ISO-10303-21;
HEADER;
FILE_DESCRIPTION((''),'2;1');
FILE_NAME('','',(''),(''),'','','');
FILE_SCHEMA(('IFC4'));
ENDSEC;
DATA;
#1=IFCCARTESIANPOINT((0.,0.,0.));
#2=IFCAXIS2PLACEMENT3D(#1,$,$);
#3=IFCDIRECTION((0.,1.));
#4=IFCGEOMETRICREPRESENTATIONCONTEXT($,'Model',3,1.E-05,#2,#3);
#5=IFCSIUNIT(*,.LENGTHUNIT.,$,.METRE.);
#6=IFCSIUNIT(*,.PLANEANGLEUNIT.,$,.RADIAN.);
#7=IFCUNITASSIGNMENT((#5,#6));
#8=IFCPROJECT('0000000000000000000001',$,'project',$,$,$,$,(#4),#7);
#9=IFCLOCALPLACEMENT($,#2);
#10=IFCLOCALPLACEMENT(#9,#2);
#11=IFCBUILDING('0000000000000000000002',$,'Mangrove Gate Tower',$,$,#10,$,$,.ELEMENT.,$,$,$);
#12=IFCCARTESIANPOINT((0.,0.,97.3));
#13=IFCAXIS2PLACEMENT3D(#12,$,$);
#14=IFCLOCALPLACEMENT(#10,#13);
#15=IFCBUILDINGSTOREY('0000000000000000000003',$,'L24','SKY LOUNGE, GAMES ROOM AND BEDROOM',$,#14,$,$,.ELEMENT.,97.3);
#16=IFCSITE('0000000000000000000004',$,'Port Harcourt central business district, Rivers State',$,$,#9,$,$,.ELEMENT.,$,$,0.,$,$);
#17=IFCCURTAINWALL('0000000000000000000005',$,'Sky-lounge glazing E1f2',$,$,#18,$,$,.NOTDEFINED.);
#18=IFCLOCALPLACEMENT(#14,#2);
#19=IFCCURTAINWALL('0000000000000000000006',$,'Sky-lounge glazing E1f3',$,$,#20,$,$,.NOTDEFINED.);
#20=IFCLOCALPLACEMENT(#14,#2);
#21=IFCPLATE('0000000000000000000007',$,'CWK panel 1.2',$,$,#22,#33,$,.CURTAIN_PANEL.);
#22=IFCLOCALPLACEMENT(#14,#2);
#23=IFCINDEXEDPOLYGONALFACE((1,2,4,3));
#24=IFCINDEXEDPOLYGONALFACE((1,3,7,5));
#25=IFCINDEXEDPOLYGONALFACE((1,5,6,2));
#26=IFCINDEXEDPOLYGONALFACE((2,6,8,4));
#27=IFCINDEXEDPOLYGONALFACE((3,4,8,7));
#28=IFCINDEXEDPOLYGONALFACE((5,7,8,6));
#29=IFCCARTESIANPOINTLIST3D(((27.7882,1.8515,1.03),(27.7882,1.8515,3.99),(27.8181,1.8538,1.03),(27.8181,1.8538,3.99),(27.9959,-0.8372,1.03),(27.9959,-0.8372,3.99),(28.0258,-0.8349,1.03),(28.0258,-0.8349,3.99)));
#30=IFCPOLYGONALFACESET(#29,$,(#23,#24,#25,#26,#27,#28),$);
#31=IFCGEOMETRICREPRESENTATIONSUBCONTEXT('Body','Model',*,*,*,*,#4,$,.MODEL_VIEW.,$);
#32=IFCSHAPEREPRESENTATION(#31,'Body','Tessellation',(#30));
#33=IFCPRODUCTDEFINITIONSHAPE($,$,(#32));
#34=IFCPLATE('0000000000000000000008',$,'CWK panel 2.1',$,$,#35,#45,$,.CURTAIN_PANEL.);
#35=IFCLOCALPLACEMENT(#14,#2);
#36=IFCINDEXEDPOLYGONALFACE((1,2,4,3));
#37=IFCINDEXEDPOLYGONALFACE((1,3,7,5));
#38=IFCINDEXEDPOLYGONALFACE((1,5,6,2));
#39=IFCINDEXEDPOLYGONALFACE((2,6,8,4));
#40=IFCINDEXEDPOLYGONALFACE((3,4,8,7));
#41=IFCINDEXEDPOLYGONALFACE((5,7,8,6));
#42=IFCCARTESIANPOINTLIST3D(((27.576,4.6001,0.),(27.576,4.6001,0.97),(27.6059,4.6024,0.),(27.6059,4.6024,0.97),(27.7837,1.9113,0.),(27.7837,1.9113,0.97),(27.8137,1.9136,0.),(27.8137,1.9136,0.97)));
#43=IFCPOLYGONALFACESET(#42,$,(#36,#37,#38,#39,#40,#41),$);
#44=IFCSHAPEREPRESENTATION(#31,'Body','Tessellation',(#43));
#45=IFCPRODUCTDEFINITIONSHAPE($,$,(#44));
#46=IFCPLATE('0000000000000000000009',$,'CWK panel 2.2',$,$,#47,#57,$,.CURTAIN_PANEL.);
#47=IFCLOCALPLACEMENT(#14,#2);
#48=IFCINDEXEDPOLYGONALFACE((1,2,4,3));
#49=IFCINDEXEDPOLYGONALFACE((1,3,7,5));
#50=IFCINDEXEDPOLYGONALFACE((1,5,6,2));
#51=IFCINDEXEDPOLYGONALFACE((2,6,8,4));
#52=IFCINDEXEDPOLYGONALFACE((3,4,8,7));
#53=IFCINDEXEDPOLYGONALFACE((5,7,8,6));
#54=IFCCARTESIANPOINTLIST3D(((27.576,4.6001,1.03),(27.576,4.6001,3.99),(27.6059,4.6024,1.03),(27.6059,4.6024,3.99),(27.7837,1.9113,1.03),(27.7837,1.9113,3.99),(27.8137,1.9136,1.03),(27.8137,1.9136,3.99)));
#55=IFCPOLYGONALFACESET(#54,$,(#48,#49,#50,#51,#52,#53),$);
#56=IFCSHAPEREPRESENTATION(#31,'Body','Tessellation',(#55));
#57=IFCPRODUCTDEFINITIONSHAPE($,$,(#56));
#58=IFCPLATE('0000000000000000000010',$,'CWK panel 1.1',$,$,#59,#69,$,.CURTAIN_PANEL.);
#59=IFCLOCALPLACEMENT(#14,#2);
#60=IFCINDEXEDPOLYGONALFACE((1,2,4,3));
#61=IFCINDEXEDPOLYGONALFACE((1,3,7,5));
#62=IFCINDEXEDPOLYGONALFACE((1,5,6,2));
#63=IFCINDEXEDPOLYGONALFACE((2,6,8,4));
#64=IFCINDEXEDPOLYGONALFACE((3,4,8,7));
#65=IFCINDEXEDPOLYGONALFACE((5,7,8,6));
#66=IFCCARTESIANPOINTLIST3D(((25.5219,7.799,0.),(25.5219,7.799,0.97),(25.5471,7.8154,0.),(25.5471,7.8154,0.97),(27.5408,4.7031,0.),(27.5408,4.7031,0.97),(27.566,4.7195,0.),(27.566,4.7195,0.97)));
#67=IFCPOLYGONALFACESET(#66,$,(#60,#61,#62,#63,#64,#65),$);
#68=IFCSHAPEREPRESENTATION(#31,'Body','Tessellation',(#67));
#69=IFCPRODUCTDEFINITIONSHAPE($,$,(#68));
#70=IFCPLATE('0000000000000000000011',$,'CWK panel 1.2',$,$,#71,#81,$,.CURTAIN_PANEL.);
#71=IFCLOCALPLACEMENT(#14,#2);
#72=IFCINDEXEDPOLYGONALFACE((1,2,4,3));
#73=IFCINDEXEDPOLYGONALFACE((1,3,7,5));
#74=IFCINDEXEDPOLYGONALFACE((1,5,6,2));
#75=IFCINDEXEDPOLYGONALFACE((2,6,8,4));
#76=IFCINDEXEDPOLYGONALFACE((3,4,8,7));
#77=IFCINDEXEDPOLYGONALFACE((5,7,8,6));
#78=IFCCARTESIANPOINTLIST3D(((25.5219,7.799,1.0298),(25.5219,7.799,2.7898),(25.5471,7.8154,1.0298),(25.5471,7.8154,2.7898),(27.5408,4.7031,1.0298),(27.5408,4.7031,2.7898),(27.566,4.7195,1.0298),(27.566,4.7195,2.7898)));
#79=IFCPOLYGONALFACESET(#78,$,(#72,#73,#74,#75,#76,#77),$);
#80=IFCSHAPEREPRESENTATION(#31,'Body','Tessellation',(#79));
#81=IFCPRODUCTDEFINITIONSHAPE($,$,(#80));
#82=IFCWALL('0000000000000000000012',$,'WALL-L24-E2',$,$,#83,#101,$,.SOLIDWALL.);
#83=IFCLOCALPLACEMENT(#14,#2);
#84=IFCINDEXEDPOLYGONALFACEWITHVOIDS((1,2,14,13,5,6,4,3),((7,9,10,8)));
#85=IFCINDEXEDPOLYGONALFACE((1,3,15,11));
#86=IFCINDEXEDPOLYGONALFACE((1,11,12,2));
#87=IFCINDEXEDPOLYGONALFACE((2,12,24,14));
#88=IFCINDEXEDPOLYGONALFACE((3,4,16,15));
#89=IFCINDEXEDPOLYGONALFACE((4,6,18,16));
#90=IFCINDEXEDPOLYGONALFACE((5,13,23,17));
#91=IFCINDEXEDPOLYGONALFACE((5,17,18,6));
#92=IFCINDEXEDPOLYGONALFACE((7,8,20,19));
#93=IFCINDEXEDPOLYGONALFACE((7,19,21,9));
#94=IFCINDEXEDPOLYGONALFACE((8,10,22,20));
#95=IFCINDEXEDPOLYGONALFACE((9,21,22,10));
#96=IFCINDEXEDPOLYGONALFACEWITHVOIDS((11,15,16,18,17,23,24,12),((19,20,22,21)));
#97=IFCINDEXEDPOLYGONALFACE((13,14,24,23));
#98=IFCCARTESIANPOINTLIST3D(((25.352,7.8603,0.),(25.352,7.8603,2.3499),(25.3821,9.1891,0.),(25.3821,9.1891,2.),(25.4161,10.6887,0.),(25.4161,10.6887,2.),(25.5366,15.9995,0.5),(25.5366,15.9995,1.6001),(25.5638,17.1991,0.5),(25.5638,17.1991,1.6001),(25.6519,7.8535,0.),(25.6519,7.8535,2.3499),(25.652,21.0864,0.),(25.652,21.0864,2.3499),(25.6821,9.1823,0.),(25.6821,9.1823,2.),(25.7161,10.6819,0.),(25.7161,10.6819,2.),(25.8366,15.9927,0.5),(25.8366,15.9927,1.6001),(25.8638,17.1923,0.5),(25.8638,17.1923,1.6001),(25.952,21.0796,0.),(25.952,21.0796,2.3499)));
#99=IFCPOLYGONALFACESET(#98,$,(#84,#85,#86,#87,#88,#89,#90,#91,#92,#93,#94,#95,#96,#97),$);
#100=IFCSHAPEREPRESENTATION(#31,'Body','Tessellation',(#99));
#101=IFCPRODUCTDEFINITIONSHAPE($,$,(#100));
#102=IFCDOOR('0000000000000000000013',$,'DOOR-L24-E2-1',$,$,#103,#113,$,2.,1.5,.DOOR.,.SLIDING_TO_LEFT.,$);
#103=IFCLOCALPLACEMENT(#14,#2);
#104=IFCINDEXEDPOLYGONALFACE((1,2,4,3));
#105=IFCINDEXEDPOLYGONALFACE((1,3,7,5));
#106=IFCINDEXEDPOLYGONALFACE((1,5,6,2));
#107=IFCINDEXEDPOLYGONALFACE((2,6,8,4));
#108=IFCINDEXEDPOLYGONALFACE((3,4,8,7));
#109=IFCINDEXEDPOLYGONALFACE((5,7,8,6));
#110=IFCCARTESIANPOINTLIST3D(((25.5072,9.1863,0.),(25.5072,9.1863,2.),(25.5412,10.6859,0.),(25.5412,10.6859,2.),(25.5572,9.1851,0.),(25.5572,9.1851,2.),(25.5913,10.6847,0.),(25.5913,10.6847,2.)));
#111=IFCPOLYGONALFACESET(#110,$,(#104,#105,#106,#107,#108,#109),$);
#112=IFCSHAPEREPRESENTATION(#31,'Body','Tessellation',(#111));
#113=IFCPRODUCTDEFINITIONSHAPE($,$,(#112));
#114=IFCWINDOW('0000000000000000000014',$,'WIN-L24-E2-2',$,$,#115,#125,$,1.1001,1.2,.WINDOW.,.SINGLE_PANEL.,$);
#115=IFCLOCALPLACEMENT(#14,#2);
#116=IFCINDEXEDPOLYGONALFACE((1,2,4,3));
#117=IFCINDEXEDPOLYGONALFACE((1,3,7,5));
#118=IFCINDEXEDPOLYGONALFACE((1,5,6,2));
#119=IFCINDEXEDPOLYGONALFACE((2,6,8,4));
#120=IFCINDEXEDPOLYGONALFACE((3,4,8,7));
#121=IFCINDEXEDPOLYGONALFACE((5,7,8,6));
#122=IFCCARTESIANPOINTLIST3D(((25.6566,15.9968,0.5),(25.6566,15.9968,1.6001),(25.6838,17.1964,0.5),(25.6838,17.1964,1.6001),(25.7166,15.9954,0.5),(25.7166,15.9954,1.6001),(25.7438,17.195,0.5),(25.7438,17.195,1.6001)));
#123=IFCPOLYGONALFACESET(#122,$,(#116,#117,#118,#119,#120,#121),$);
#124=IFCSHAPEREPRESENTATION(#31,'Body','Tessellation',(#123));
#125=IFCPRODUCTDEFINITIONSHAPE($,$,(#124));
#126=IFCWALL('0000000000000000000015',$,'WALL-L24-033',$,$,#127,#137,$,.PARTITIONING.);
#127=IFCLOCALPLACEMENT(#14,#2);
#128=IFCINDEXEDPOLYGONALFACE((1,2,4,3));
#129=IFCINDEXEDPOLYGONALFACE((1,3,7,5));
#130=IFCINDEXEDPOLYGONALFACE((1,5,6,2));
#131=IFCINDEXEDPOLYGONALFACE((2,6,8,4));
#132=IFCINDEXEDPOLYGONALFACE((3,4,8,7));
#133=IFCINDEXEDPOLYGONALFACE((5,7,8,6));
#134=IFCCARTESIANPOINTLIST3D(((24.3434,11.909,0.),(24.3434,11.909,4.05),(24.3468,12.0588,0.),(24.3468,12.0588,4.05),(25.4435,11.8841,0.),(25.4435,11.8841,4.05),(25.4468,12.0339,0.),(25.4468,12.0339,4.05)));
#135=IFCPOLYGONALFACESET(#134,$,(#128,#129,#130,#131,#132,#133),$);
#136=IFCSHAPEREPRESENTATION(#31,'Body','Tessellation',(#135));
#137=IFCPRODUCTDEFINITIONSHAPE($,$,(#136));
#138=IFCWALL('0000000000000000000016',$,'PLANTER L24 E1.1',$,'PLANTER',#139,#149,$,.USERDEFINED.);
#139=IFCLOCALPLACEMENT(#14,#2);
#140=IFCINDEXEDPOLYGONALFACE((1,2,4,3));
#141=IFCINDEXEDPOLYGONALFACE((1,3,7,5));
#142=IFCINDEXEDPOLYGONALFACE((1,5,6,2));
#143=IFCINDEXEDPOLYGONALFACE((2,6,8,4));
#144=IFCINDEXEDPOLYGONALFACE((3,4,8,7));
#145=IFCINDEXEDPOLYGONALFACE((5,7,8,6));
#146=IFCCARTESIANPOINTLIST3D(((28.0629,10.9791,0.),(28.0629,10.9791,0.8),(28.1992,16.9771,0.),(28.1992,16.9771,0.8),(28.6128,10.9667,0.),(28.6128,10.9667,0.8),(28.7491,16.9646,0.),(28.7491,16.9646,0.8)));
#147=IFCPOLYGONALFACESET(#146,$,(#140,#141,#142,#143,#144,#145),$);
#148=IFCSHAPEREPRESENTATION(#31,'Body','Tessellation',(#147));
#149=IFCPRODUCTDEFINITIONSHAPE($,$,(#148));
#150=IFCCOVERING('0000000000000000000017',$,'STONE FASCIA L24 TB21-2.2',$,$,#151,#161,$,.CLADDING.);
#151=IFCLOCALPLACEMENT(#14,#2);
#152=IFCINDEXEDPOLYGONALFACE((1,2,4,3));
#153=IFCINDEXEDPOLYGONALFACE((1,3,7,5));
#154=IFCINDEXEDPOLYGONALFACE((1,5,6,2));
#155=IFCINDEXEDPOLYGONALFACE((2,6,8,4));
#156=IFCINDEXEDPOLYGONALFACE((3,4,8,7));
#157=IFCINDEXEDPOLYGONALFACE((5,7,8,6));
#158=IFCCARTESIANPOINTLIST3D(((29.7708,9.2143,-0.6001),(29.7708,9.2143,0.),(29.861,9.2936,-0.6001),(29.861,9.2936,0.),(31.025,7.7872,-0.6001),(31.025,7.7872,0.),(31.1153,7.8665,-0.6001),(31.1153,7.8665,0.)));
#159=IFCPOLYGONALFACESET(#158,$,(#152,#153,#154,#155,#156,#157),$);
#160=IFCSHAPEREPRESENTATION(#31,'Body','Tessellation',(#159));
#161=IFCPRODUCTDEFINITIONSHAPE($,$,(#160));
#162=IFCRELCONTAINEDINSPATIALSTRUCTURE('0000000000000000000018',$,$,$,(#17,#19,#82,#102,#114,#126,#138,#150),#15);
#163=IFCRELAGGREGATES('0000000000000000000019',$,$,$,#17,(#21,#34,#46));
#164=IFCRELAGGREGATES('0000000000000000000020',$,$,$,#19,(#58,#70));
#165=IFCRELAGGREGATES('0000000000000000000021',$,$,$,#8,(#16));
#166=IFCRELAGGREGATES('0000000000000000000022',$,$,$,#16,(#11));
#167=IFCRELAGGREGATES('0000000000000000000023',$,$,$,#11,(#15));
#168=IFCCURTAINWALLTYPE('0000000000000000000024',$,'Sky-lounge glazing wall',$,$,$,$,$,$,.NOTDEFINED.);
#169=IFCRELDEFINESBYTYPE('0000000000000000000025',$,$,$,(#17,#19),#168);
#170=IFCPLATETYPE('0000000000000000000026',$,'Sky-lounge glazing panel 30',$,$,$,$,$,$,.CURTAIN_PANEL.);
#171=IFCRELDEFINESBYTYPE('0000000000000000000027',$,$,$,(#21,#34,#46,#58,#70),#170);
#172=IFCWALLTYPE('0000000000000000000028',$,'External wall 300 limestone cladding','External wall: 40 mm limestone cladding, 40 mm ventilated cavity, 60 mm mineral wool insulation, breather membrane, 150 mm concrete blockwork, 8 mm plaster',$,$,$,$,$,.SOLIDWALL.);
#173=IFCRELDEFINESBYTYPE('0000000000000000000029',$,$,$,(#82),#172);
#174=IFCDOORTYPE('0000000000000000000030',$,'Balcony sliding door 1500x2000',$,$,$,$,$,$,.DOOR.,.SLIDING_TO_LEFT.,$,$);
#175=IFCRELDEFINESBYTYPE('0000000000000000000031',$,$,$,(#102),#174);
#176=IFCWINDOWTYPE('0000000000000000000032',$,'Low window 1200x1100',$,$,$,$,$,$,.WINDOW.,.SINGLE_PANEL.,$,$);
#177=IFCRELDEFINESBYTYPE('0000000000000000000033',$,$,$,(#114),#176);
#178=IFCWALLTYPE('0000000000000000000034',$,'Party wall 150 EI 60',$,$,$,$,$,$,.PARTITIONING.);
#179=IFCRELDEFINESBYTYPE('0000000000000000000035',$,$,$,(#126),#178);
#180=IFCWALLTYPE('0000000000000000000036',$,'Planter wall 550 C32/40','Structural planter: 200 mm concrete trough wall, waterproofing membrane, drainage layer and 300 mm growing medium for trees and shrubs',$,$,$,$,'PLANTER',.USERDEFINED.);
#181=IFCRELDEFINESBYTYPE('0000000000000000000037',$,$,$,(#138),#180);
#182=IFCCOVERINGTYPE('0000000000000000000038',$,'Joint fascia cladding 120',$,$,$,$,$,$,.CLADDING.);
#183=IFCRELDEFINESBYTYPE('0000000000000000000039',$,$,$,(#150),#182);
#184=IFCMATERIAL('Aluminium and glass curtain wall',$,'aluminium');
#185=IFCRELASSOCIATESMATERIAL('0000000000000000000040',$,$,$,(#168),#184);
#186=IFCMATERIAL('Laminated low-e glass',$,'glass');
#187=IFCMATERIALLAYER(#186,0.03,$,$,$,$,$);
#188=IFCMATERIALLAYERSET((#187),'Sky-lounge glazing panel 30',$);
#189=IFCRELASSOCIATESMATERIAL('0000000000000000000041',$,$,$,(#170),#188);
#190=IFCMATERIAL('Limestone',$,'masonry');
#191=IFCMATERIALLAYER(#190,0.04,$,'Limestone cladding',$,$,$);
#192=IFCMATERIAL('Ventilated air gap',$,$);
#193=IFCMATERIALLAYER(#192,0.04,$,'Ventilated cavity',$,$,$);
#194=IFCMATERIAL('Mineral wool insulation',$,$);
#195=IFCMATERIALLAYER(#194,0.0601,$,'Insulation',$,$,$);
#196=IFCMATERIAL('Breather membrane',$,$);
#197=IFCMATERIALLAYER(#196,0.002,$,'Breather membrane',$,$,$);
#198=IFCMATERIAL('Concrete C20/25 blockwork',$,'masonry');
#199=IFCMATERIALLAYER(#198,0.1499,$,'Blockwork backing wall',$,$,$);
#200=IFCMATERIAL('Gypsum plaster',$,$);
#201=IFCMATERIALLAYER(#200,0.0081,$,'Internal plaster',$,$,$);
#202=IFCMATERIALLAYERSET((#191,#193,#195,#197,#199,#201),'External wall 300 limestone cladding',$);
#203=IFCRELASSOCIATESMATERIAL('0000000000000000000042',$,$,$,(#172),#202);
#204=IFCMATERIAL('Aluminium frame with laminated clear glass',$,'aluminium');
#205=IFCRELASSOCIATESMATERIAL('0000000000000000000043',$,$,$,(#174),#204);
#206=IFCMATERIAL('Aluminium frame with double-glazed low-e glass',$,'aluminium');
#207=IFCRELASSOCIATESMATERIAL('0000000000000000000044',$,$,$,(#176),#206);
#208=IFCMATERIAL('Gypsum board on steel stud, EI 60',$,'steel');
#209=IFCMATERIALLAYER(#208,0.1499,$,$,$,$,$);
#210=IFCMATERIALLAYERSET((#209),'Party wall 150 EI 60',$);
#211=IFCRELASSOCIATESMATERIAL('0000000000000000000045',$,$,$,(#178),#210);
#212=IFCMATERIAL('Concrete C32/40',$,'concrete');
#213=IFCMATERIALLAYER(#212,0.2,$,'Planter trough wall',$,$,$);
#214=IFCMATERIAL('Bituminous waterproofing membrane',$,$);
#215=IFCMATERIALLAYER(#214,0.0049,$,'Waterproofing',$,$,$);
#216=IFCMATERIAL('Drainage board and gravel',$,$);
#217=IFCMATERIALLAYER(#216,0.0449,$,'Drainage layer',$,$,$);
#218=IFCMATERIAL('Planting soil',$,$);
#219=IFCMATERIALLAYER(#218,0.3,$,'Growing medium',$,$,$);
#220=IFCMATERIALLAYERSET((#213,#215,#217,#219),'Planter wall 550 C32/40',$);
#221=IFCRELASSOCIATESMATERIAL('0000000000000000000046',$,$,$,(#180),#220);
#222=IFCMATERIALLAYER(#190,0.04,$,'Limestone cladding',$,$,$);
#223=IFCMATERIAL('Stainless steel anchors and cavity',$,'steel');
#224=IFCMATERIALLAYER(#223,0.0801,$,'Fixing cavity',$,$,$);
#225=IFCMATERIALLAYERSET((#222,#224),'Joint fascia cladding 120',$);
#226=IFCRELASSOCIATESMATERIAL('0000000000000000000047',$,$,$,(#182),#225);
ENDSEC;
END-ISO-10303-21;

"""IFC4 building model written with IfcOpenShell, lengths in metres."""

from ifc_helpers import new_model, si_unit, direction, frame, frame_2d, origin, origin_2d, place, context, subcontext, project, spatial, rectangle, extrude, material, layer, layer_set, type_object, element, fill, aggregate, save


model = new_model("IFC4")

# Units and contexts
model_context = context("Model", 3, precision=1e-05, world=origin(), true_north=direction((0.0, 1.0)))
body_context = subcontext(model_context, "Body", "Model", "MODEL_VIEW")
ifc_project = project(units=[si_unit("LENGTHUNIT", "METRE"), si_unit("PLANEANGLEUNIT", "RADIAN")], contexts=[model_context])

# Site, building, storey
site_placement = place(None, origin())
site = spatial("IfcSite", under=ifc_project, at=site_placement, Name="Port Harcourt central business district, Rivers State", CompositionType="ELEMENT", RefElevation=0.0)
building_placement = place(site_placement, origin())
building = spatial("IfcBuilding", under=site, at=building_placement, Name="Mangrove Gate Tower", CompositionType="ELEMENT")
storey_placement = place(building_placement, frame((0.0, 0.0, 97.3)))
storey = spatial("IfcBuildingStorey", under=building, at=storey_placement, Name="L24", Description="SKY LOUNGE, GAMES ROOM AND BEDROOM", CompositionType="ELEMENT", Elevation=97.3)

# Curtain walls
ifc_material_1 = material(Name="Aluminium and glass curtain wall", Category="aluminium")
curtain_wall_type = type_object("IfcCurtainWallType", Name="Sky-lounge glazing wall", PredefinedType="NOTDEFINED", material=ifc_material_1)
curtain_wall_1_placement = place(storey_placement, origin())
curtain_wall_1 = element("IfcCurtainWall", 1, at=curtain_wall_1_placement, inside=storey, type_object=curtain_wall_type, Name="Sky-lounge glazing E1f2", PredefinedType="NOTDEFINED")
curtain_wall_2_placement = place(storey_placement, origin())
curtain_wall_2 = element("IfcCurtainWall", 2, at=curtain_wall_2_placement, inside=storey, type_object=curtain_wall_type, Name="Sky-lounge glazing E1f3", PredefinedType="NOTDEFINED")

# Plates
ifc_material_2 = material(Name="Laminated low-e glass", Category="glass")
ifc_layer_1 = layer(ifc_material_2, 0.03)
ifc_layer_set_1 = layer_set([ifc_layer_1], Name="Sky-lounge glazing panel 30")
plate_type = type_object("IfcPlateType", Name="Sky-lounge glazing panel 30", PredefinedType="CURTAIN_PANEL", material=ifc_layer_set_1)
plate_1_placement = place(storey_placement, frame((27.907, 0.5083, 1.03), z_axis=(0.0, 0.0, 1.0), x_axis=(-0.077023, 0.997029, 0.0)))
plate_1 = element("IfcPlate", 3, at=plate_1_placement, type_object=plate_type, Name="CWK panel 1.2", PredefinedType="CURTAIN_PANEL", context=body_context, shape_type="SweptSolid", body=[
    extrude(rectangle(XDim=2.6968, YDim=0.03, at=origin_2d()), origin(), (0.0, 0.0, 1.0), 2.96),
])
plate_2_placement = place(storey_placement, frame((27.6948, 3.2568, 0.0), z_axis=(0.0, 0.0, 1.0), x_axis=(-0.077023, 0.997029, 0.0)))
plate_2 = element("IfcPlate", 4, at=plate_2_placement, type_object=plate_type, Name="CWK panel 2.1", PredefinedType="CURTAIN_PANEL", context=body_context, shape_type="SweptSolid", body=[
    extrude(rectangle(XDim=2.6968, YDim=0.03, at=origin_2d()), origin(), (0.0, 0.0, 1.0), 0.97),
])
plate_3_placement = place(storey_placement, frame((27.6948, 3.2568, 1.03), z_axis=(0.0, 0.0, 1.0), x_axis=(-0.077023, 0.997029, 0.0)))
plate_3 = element("IfcPlate", 5, at=plate_3_placement, type_object=plate_type, Name="CWK panel 2.2", PredefinedType="CURTAIN_PANEL", context=body_context, shape_type="SweptSolid", body=[
    extrude(rectangle(XDim=2.6968, YDim=0.03, at=origin_2d()), origin(), (0.0, 0.0, 1.0), 2.96),
])
aggregate(curtain_wall_1, [plate_1, plate_2, plate_3])
plate_4_placement = place(storey_placement, frame((26.5439, 6.2593, 0.0), z_axis=(0.0, 0.0, 1.0), x_axis=(-0.546235, 0.837632, 0.0)))
plate_4 = element("IfcPlate", 6, at=plate_4_placement, type_object=plate_type, Name="CWK panel 1.1", PredefinedType="CURTAIN_PANEL", context=body_context, shape_type="SweptSolid", body=[
    extrude(rectangle(XDim=3.696, YDim=0.03, at=origin_2d()), origin(), (0.0, 0.0, 1.0), 0.97),
])
plate_5_placement = place(storey_placement, frame((26.5439, 6.2593, 1.0298), z_axis=(0.0, 0.0, 1.0), x_axis=(-0.546235, 0.837632, 0.0)))
plate_5 = element("IfcPlate", 7, at=plate_5_placement, type_object=plate_type, Name="CWK panel 1.2", PredefinedType="CURTAIN_PANEL", context=body_context, shape_type="SweptSolid", body=[
    extrude(rectangle(XDim=3.696, YDim=0.03, at=origin_2d()), origin(), (0.0, 0.0, 1.0), 1.76),
])
aggregate(curtain_wall_2, [plate_4, plate_5])

# Wall, openings, door, window
ifc_material_3 = material(Name="Limestone", Category="masonry")
ifc_layer_2 = layer(ifc_material_3, 0.04, Name="Limestone cladding")
ifc_material_4 = material(Name="Ventilated air gap")
ifc_layer_3 = layer(ifc_material_4, 0.04, Name="Ventilated cavity")
ifc_material_5 = material(Name="Mineral wool insulation")
ifc_layer_4 = layer(ifc_material_5, 0.0601, Name="Insulation")
ifc_material_6 = material(Name="Breather membrane")
ifc_layer_5 = layer(ifc_material_6, 0.002, Name="Breather membrane")
ifc_material_7 = material(Name="Concrete C20/25 blockwork", Category="masonry")
ifc_layer_6 = layer(ifc_material_7, 0.1499, Name="Blockwork backing wall")
ifc_material_8 = material(Name="Gypsum plaster")
ifc_layer_7 = layer(ifc_material_8, 0.0081, Name="Internal plaster")
ifc_layer_set_2 = layer_set([ifc_layer_2, ifc_layer_3, ifc_layer_4, ifc_layer_5, ifc_layer_6, ifc_layer_7], Name="External wall 300 limestone cladding")
wall_type_1 = type_object("IfcWallType", Name="External wall 300 limestone cladding", Description="External wall: 40 mm limestone cladding, 40 mm ventilated cavity, 60 mm mineral wool insulation, breather membrane, 150 mm concrete blockwork, 8 mm plaster", PredefinedType="SOLIDWALL", material=ifc_layer_set_2)
wall_1_placement = place(storey_placement, frame((25.502, 7.8569, 0.0), z_axis=(0.0, 0.0, 1.0), x_axis=(0.02268, 0.999743, 0.0)))
wall_1 = element("IfcWall", 8, at=wall_1_placement, inside=storey, type_object=wall_type_1, Name="WALL-L24-E2", PredefinedType="SOLIDWALL", context=body_context, shape_type="SweptSolid", body=[
    extrude(rectangle(XDim=13.2295, YDim=0.3, at=frame_2d((6.6147, 0.0))), origin(), (0.0, 0.0, 1.0), 2.3499),
])
opening_1_placement = place(wall_1_placement, frame((1.3291, 0.0, 0.0)))
opening_1 = element("IfcOpeningElement", 9, at=opening_1_placement, cuts=wall_1, PredefinedType="OPENING", context=body_context, shape_type="SweptSolid", body=[
    extrude(rectangle(XDim=1.5, YDim=2.0, at=frame_2d((0.75, 1.0))), frame((0.0, 0.1599, 0.0), z_axis=(0.0, -1.0, 0.0), x_axis=(1.0, 0.0, 0.0)), (0.0, 0.0, 1.0), 0.3201),
])
opening_2_placement = place(wall_1_placement, frame((8.1411, 0.0, 0.5)))
opening_2 = element("IfcOpeningElement", 10, at=opening_2_placement, cuts=wall_1, PredefinedType="OPENING", context=body_context, shape_type="SweptSolid", body=[
    extrude(rectangle(XDim=1.2, YDim=1.1001, at=frame_2d((0.6001, 0.55))), frame((0.0, 0.1599, 0.0), z_axis=(0.0, -1.0, 0.0), x_axis=(1.0, 0.0, 0.0)), (0.0, 0.0, 1.0), 0.3201),
])
ifc_material_9 = material(Name="Aluminium frame with laminated clear glass", Category="aluminium")
door_type = type_object("IfcDoorType", Name="Balcony sliding door 1500x2000", OperationType="SLIDING_TO_LEFT", PredefinedType="DOOR", material=ifc_material_9)
door_placement = place(opening_1_placement, origin())
door = element("IfcDoor", 11, at=door_placement, inside=storey, type_object=door_type, Name="DOOR-L24-E2-1", OperationType="SLIDING_TO_LEFT", OverallHeight=2.0, OverallWidth=1.5, PredefinedType="DOOR", context=body_context, shape_type="SweptSolid", body=[
    extrude(rectangle(XDim=1.5, YDim=2.0, at=frame_2d((0.75, 1.0))), frame((0.0, 0.0249, 0.0), z_axis=(0.0, -1.0, 0.0), x_axis=(1.0, 0.0, 0.0)), (0.0, 0.0, 1.0), 0.05),
])
fill(opening_1, door)
ifc_material_10 = material(Name="Aluminium frame with double-glazed low-e glass", Category="aluminium")
window_type = type_object("IfcWindowType", Name="Low window 1200x1100", PartitioningType="SINGLE_PANEL", PredefinedType="WINDOW", material=ifc_material_10)
window_placement = place(opening_2_placement, origin())
window = element("IfcWindow", 12, at=window_placement, inside=storey, type_object=window_type, Name="WIN-L24-E2-2", OverallHeight=1.1001, OverallWidth=1.2, PartitioningType="SINGLE_PANEL", PredefinedType="WINDOW", context=body_context, shape_type="SweptSolid", body=[
    extrude(rectangle(XDim=1.2, YDim=1.1001, at=frame_2d((0.6001, 0.55))), frame((0.0, 0.03, 0.0), z_axis=(0.0, -1.0, 0.0), x_axis=(1.0, 0.0, 0.0)), (0.0, 0.0, 1.0), 0.0601),
])
fill(opening_2, window)

# Walls
ifc_material_11 = material(Name="Gypsum board on steel stud, EI 60", Category="steel")
ifc_layer_8 = layer(ifc_material_11, 0.1499)
ifc_layer_set_3 = layer_set([ifc_layer_8], Name="Party wall 150 EI 60")
wall_type_2 = type_object("IfcWallType", Name="Party wall 150 EI 60", PredefinedType="PARTITIONING", material=ifc_layer_set_3)
wall_2_placement = place(storey_placement, frame((24.345, 11.9839, 0.0), z_axis=(0.0, 0.0, 1.0), x_axis=(0.999744, -0.022631, 0.0)))
element("IfcWall", 13, at=wall_2_placement, inside=storey, type_object=wall_type_2, Name="WALL-L24-033", PredefinedType="PARTITIONING", context=body_context, shape_type="SweptSolid", body=[
    extrude(rectangle(XDim=1.1003, YDim=0.1499, at=frame_2d((0.5503, 0.0))), origin(), (0.0, 0.0, 1.0), 4.05),
])
ifc_material_12 = material(Name="Concrete C32/40", Category="concrete")
ifc_layer_9 = layer(ifc_material_12, 0.2, Name="Planter trough wall")
ifc_material_13 = material(Name="Bituminous waterproofing membrane")
ifc_layer_10 = layer(ifc_material_13, 0.0049, Name="Waterproofing")
ifc_material_14 = material(Name="Drainage board and gravel")
ifc_layer_11 = layer(ifc_material_14, 0.0449, Name="Drainage layer")
ifc_material_15 = material(Name="Planting soil")
ifc_layer_12 = layer(ifc_material_15, 0.3, Name="Growing medium")
ifc_layer_set_4 = layer_set([ifc_layer_9, ifc_layer_10, ifc_layer_11, ifc_layer_12], Name="Planter wall 550 C32/40")
wall_type_3 = type_object("IfcWallType", Name="Planter wall 550 C32/40", Description="Structural planter: 200 mm concrete trough wall, waterproofing membrane, drainage layer and 300 mm growing medium for trees and shrubs", ElementType="PLANTER", PredefinedType="USERDEFINED", material=ifc_layer_set_4)
wall_3_placement = place(storey_placement, frame((28.3379, 10.9729, 0.0), z_axis=(0.0, 0.0, 1.0), x_axis=(0.022707, 0.999742, 0.0)))
element("IfcWall", 14, at=wall_3_placement, inside=storey, type_object=wall_type_3, Name="PLANTER L24 E1.1", ObjectType="PLANTER", PredefinedType="USERDEFINED", context=body_context, shape_type="SweptSolid", body=[
    extrude(rectangle(XDim=5.9995, YDim=0.55, at=frame_2d((2.9998, 0.0))), origin(), (0.0, 0.0, 1.0), 0.8),
])

# Covering
ifc_layer_13 = layer(ifc_material_3, 0.04, Name="Limestone cladding")
ifc_material_16 = material(Name="Stainless steel anchors and cavity", Category="steel")
ifc_layer_14 = layer(ifc_material_16, 0.0801, Name="Fixing cavity")
ifc_layer_set_5 = layer_set([ifc_layer_13, ifc_layer_14], Name="Joint fascia cladding 120")
covering_type = type_object("IfcCoveringType", Name="Joint fascia cladding 120", PredefinedType="CLADDING", material=ifc_layer_set_5)
covering_placement = place(storey_placement, frame((29.8159, 9.2539, -0.6001), z_axis=(0.0, 0.0, 1.0), x_axis=(0.66015, -0.751134, 0.0)))
element("IfcCovering", 15, at=covering_placement, inside=storey, type_object=covering_type, Name="STONE FASCIA L24 TB21-2.2", PredefinedType="CLADDING", context=body_context, shape_type="SweptSolid", body=[
    extrude(rectangle(XDim=1.8999, YDim=0.1201, at=frame_2d((0.95, 0.0))), origin(), (0.0, 0.0, 1.0), 0.6001),
])

save(model, "model.ifc")
